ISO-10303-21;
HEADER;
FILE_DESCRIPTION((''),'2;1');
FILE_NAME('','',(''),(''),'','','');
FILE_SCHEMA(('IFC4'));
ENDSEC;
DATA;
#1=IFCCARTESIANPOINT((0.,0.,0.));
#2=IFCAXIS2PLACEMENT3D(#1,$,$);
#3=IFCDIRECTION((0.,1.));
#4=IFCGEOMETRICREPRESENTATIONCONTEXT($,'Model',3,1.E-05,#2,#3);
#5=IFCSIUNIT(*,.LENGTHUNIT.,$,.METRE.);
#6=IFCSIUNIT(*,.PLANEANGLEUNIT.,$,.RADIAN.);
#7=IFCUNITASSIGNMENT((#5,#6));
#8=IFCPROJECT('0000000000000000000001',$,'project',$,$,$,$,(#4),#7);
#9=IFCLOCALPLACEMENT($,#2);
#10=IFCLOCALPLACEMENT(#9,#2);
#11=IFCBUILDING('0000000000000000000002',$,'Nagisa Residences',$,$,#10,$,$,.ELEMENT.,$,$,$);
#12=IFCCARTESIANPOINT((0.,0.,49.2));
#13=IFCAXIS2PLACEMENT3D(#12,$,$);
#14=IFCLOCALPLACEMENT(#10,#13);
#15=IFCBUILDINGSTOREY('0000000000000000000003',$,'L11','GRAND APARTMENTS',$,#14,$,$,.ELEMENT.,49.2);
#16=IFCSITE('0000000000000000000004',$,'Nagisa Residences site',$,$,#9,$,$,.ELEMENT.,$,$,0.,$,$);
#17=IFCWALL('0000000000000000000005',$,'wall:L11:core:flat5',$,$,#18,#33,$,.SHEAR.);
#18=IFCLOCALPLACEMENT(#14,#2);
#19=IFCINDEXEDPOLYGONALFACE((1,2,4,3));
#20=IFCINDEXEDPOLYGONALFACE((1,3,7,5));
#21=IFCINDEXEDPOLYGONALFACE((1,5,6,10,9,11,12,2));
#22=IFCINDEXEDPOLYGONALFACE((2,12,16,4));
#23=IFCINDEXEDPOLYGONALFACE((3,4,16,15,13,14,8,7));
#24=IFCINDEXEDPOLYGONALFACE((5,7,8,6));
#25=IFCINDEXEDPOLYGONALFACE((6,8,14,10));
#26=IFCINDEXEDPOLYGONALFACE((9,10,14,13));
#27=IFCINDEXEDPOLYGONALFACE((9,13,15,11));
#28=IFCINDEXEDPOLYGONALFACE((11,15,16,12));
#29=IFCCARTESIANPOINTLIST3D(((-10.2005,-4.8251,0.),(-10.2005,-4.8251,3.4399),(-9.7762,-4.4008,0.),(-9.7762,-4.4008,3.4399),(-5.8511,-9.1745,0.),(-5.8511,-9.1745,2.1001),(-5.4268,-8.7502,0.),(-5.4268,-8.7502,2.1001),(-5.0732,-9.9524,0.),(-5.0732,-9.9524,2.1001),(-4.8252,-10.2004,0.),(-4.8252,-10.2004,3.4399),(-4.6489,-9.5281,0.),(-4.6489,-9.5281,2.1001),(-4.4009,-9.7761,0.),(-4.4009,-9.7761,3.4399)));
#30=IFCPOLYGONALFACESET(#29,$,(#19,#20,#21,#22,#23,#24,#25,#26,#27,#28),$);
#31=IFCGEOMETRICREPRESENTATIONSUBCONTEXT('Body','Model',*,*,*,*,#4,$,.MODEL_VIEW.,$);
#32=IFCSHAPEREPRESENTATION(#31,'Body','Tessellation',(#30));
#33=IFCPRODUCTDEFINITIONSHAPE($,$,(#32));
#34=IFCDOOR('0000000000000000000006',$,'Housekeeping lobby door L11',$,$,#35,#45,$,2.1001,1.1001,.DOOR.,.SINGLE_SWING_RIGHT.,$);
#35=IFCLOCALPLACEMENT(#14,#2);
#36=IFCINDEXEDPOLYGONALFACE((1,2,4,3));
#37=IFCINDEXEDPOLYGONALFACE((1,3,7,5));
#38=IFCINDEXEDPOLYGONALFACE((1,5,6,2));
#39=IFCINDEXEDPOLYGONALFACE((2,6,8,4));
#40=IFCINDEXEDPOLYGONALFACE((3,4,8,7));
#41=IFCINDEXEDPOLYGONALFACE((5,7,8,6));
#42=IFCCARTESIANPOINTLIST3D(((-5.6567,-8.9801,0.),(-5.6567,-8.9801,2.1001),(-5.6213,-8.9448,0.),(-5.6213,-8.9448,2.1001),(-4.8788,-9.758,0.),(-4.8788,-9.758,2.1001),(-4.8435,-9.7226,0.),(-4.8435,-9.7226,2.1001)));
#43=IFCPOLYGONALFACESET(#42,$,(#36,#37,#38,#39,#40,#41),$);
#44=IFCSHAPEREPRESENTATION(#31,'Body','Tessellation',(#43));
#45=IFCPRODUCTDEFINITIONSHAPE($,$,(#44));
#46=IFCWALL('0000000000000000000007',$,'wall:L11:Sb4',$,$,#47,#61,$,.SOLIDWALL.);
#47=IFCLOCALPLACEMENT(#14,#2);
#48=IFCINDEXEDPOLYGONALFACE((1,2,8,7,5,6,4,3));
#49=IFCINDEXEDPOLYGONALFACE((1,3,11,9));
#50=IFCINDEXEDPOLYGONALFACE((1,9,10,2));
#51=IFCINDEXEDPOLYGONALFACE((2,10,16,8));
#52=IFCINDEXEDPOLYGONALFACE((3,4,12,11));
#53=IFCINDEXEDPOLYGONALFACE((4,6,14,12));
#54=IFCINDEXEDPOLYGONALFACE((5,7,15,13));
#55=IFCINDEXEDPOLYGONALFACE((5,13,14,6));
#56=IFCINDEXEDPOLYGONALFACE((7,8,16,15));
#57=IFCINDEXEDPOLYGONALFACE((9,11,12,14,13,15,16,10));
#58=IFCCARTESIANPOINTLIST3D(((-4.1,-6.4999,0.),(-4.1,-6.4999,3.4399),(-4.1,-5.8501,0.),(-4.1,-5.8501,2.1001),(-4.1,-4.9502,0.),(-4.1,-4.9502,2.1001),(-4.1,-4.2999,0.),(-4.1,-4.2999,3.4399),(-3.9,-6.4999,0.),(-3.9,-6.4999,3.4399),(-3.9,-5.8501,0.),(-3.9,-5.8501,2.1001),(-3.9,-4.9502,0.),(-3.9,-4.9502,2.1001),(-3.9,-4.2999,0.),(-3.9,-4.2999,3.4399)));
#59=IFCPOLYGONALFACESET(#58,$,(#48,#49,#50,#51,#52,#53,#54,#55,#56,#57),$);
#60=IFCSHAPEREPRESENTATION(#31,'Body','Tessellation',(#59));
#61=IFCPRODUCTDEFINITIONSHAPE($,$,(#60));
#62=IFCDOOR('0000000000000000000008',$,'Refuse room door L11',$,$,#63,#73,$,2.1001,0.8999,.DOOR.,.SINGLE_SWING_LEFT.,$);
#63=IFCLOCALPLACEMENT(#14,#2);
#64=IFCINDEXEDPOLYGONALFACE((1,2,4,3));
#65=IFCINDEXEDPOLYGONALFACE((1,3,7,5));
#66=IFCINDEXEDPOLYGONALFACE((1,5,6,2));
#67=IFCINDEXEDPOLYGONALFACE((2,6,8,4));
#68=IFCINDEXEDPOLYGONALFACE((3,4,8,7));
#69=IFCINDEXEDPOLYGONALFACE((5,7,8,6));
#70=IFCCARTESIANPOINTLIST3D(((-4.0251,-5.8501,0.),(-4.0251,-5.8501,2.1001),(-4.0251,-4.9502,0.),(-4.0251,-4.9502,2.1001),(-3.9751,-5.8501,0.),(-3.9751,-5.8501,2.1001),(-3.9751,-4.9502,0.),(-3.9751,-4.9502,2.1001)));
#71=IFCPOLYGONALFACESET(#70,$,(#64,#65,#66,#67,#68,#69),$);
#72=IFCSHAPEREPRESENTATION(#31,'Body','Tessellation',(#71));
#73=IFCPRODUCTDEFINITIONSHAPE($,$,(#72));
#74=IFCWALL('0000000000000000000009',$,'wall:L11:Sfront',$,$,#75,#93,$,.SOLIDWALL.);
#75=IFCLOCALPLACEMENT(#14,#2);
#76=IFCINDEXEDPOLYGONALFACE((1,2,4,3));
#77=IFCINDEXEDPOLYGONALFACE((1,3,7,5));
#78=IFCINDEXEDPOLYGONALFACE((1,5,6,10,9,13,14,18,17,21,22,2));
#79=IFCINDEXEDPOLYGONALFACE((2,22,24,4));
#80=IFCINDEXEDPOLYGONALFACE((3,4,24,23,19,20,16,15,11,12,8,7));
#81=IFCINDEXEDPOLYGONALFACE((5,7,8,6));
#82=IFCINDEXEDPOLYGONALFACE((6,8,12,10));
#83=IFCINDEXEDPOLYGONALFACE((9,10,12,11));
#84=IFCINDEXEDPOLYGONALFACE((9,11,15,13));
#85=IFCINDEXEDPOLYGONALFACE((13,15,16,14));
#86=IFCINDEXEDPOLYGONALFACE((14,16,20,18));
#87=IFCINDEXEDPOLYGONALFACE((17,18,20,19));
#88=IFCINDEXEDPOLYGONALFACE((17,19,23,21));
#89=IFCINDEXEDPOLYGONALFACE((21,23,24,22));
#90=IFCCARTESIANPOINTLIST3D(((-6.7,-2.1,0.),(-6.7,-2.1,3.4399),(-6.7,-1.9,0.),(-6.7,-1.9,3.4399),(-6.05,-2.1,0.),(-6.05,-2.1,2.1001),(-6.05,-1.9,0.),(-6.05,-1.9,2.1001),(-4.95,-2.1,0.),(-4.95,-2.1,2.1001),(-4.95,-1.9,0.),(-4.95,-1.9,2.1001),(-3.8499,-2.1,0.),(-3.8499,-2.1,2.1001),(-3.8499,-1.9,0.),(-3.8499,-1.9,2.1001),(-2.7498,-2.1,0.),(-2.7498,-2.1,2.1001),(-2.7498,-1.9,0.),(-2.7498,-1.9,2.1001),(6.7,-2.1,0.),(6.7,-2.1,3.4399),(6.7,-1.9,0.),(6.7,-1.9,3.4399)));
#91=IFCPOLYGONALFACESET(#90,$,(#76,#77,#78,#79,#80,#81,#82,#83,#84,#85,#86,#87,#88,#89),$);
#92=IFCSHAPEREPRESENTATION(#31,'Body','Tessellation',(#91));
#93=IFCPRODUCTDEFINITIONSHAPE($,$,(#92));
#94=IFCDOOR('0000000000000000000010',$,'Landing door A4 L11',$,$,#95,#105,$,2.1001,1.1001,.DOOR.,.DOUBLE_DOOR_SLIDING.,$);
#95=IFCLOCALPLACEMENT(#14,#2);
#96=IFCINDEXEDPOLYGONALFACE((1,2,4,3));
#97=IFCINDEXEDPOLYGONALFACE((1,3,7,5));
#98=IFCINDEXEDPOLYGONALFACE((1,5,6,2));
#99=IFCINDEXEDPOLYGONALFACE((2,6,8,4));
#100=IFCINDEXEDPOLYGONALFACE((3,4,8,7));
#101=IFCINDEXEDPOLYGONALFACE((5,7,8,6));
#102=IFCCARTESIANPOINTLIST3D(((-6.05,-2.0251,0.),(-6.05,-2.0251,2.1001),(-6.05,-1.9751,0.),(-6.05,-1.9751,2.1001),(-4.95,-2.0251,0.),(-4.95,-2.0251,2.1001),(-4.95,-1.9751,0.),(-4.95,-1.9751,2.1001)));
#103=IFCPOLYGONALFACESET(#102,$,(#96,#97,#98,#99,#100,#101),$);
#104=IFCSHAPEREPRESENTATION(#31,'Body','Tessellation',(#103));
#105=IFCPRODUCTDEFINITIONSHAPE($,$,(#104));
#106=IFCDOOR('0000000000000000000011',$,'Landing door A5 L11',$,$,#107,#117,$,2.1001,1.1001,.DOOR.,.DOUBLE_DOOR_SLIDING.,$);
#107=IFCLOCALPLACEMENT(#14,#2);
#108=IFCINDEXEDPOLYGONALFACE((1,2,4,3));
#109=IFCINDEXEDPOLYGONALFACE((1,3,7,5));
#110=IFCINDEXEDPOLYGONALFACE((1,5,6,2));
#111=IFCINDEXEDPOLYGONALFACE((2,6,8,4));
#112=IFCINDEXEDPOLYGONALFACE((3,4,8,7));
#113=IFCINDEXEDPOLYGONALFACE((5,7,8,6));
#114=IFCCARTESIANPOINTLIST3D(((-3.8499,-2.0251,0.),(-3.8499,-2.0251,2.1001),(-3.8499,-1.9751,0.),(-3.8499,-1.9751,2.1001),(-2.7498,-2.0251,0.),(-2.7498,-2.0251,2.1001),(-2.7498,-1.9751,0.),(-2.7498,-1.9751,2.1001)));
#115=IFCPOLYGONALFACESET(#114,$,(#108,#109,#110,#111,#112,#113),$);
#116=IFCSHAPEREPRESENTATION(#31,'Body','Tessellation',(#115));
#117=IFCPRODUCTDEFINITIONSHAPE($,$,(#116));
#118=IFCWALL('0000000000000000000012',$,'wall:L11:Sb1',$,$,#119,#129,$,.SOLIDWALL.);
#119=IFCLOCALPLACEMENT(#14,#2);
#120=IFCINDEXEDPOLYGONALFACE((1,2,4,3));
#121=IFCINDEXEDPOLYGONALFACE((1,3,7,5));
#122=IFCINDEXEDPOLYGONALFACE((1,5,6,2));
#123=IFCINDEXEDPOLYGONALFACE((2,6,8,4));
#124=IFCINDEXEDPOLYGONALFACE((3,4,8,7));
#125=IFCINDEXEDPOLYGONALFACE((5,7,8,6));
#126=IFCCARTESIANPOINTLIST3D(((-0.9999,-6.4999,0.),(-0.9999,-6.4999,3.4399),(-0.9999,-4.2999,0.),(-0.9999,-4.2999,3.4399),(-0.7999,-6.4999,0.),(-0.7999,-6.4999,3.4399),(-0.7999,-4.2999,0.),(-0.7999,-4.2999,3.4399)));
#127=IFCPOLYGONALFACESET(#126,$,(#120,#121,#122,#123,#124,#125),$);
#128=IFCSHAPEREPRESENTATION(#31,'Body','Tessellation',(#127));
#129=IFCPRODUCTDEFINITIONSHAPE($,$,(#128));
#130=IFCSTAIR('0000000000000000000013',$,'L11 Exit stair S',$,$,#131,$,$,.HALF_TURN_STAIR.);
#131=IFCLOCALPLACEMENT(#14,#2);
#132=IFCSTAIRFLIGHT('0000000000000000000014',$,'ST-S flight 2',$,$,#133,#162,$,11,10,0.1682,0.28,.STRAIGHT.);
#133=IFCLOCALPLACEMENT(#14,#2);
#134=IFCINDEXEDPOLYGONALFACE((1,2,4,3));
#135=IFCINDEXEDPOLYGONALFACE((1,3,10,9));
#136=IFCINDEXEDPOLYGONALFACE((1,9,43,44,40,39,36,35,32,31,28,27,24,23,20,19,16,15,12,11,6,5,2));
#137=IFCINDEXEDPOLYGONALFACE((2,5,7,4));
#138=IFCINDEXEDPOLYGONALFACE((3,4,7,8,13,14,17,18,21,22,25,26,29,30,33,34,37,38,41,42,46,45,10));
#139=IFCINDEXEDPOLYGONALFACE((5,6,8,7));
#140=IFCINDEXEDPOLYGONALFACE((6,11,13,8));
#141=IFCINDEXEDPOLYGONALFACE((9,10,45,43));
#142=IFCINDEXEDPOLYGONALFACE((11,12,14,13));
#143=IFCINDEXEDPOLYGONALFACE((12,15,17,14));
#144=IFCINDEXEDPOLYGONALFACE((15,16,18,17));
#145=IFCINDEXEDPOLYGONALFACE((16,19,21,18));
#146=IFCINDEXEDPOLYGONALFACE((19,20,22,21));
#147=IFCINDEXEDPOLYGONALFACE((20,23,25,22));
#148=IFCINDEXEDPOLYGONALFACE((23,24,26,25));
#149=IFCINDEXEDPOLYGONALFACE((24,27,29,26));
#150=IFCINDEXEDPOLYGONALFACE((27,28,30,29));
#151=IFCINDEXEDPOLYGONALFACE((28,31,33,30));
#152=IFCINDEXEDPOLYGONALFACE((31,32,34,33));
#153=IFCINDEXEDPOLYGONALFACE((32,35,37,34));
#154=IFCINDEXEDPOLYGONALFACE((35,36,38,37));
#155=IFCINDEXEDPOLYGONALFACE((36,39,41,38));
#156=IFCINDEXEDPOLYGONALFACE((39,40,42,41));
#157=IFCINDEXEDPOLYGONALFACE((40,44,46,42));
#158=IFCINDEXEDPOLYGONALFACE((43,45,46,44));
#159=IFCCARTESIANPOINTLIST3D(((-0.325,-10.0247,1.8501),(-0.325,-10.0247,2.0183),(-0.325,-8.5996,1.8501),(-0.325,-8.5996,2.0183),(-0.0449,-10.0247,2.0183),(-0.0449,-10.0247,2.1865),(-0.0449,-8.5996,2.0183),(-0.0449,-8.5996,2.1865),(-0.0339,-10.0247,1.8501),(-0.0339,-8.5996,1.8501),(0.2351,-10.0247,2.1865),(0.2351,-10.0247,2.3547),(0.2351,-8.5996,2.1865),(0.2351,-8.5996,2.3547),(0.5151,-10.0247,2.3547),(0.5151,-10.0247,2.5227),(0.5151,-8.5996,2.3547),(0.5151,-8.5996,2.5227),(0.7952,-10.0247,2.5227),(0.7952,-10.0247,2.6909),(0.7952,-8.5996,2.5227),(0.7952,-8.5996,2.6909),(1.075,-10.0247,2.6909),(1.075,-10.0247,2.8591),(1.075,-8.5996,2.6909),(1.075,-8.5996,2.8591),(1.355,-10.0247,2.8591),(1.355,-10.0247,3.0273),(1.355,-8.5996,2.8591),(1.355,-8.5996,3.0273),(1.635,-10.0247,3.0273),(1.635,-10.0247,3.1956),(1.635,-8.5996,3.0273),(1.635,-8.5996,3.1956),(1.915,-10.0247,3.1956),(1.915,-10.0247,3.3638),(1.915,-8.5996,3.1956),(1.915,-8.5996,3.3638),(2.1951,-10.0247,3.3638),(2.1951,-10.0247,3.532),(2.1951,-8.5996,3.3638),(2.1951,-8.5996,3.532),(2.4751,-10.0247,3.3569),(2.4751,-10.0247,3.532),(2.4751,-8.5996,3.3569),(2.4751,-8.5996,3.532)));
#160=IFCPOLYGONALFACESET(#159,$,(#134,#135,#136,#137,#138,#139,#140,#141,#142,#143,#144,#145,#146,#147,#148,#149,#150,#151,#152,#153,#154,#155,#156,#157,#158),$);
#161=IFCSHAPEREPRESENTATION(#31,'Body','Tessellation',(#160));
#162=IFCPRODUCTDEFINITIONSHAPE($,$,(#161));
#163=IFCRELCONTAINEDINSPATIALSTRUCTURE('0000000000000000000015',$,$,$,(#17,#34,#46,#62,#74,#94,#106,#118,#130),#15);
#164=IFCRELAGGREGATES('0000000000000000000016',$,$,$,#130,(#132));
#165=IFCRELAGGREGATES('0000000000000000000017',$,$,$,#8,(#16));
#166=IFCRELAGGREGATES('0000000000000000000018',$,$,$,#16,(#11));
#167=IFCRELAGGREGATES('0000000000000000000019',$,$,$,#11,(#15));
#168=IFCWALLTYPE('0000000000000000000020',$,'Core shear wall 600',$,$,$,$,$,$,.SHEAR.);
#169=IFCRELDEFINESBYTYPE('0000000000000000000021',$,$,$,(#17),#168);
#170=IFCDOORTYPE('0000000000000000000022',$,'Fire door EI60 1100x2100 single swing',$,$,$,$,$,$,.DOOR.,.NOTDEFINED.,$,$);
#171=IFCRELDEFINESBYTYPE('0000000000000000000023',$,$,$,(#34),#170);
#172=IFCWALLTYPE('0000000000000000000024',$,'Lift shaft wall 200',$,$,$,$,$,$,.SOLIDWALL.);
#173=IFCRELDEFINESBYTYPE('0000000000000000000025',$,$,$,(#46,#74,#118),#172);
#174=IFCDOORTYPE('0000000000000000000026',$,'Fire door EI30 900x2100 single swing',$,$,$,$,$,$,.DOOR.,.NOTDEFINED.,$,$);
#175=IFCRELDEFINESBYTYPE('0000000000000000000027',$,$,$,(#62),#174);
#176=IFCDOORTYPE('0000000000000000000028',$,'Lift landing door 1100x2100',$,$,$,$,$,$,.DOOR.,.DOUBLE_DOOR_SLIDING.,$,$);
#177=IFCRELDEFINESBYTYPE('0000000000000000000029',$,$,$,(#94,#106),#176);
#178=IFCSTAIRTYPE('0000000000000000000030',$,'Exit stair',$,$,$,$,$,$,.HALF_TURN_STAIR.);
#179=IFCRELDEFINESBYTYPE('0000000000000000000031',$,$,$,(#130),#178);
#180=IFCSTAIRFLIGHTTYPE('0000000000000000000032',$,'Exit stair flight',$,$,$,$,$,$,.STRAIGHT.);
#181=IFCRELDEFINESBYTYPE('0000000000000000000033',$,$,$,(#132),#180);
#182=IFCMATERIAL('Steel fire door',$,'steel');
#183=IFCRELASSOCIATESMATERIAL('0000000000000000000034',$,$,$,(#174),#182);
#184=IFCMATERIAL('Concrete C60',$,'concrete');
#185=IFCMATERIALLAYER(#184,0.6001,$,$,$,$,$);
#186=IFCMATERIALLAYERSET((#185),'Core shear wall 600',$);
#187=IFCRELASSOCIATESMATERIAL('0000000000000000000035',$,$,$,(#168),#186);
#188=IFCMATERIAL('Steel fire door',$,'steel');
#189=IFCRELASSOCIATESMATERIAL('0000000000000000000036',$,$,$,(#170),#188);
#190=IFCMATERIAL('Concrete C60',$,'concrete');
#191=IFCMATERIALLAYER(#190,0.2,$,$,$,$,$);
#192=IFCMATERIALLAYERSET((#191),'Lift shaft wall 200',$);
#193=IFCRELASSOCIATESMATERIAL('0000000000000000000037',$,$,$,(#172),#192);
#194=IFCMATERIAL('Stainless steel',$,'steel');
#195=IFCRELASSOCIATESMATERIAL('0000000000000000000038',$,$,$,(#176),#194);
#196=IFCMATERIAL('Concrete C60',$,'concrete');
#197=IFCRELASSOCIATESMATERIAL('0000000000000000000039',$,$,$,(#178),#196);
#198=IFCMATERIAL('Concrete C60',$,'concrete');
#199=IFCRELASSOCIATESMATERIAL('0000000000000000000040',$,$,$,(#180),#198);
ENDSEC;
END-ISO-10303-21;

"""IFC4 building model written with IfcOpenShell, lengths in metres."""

from ifc_helpers import new_model, si_unit, direction, frame, frame_2d, origin, place, context, subcontext, project, spatial, polyline, rectangle, outline, extrude, material, layer, layer_set, type_object, element, fill, aggregate, save


model = new_model("IFC4")

# Units and contexts
model_context = context("Model", 3, precision=1e-05, world=origin(), true_north=direction((0.0, 1.0)))
body_context = subcontext(model_context, "Body", "Model", "MODEL_VIEW")
ifc_project = project(units=[si_unit("LENGTHUNIT", "METRE"), si_unit("PLANEANGLEUNIT", "RADIAN")], contexts=[model_context])

# Site, building, storey
site_placement = place(None, origin())
site = spatial("IfcSite", under=ifc_project, at=site_placement, Name="Nagisa Residences site", CompositionType="ELEMENT", RefElevation=0.0)
building_placement = place(site_placement, origin())
building = spatial("IfcBuilding", under=site, at=building_placement, Name="Nagisa Residences", CompositionType="ELEMENT")
storey_placement = place(building_placement, frame((0.0, 0.0, 49.2)))
storey = spatial("IfcBuildingStorey", under=building, at=storey_placement, Name="L11", Description="GRAND APARTMENTS", CompositionType="ELEMENT", Elevation=49.2)

# Shared definitions
ifc_material_1 = material(Name="Steel fire door", Category="steel")
door_type_1 = type_object("IfcDoorType", Name="Fire door EI30 900x2100 single swing", OperationType="NOTDEFINED", PredefinedType="DOOR", material=ifc_material_1)

# Walls, openings, doors
ifc_material_2 = material(Name="Concrete C60", Category="concrete")
ifc_layer_1 = layer(ifc_material_2, 0.6001)
ifc_layer_set_1 = layer_set([ifc_layer_1], Name="Core shear wall 600")
wall_type_1 = type_object("IfcWallType", Name="Core shear wall 600", PredefinedType="SHEAR", material=ifc_layer_set_1)
wall_1_placement = place(storey_placement, frame((-9.9883, -4.613, 0.0), z_axis=(0.0, 0.0, 1.0), x_axis=(0.707107, -0.707107, 0.0)))
wall_1 = element("IfcWall", 1, at=wall_1_placement, inside=storey, type_object=wall_type_1, Name="wall:L11:core:flat5", PredefinedType="SHEAR", context=body_context, shape_type="SweptSolid", body=[
    extrude(rectangle(XDim=7.6018, YDim=0.6001, at=frame_2d((3.8008, 0.0))), origin(), (0.0, 0.0, 1.0), 3.4399),
])
opening_1_placement = place(wall_1_placement, frame((6.1509, 0.0, 0.0)))
opening_1 = element("IfcOpeningElement", 2, at=opening_1_placement, cuts=wall_1, PredefinedType="OPENING", context=body_context, shape_type="SweptSolid", body=[
    extrude(rectangle(XDim=1.1001, YDim=2.1001, at=frame_2d((0.55, 1.05))), frame((0.0, 0.3101, 0.0), z_axis=(0.0, -1.0, 0.0), x_axis=(1.0, 0.0, 0.0)), (0.0, 0.0, 1.0), 0.6201),
])
ifc_material_3 = material(Name="Steel fire door", Category="steel")
door_type_2 = type_object("IfcDoorType", Name="Fire door EI60 1100x2100 single swing", OperationType="NOTDEFINED", PredefinedType="DOOR", material=ifc_material_3)
door_1_placement = place(opening_1_placement, origin())
door_1 = element("IfcDoor", 3, at=door_1_placement, inside=storey, type_object=door_type_2, Name="Housekeeping lobby door L11", OperationType="SINGLE_SWING_RIGHT", OverallHeight=2.1001, OverallWidth=1.1001, PredefinedType="DOOR", context=body_context, shape_type="SweptSolid", body=[
    extrude(rectangle(XDim=1.1001, YDim=2.1001, at=frame_2d((0.55, 1.05))), frame((0.0, 0.0249, 0.0), z_axis=(0.0, -1.0, 0.0), x_axis=(1.0, 0.0, 0.0)), (0.0, 0.0, 1.0), 0.05),
])
fill(opening_1, door_1)
ifc_material_4 = material(Name="Concrete C60", Category="concrete")
ifc_layer_2 = layer(ifc_material_4, 0.2)
ifc_layer_set_2 = layer_set([ifc_layer_2], Name="Lift shaft wall 200")
wall_type_2 = type_object("IfcWallType", Name="Lift shaft wall 200", PredefinedType="SOLIDWALL", material=ifc_layer_set_2)
wall_2_placement = place(storey_placement, frame((-4.0, -6.5, 0.0), z_axis=(0.0, 0.0, 1.0), x_axis=(0.0, 1.0, 0.0)))
wall_2 = element("IfcWall", 4, at=wall_2_placement, inside=storey, type_object=wall_type_2, Name="wall:L11:Sb4", PredefinedType="SOLIDWALL", context=body_context, shape_type="SweptSolid", body=[
    extrude(rectangle(XDim=2.2, YDim=0.2, at=frame_2d((1.1001, 0.0))), origin(), (0.0, 0.0, 1.0), 3.4399),
])
opening_2_placement = place(wall_2_placement, frame((0.6499, 0.0, 0.0)))
opening_2 = element("IfcOpeningElement", 5, at=opening_2_placement, cuts=wall_2, PredefinedType="OPENING", context=body_context, shape_type="SweptSolid", body=[
    extrude(rectangle(XDim=0.8999, YDim=2.1001, at=frame_2d((0.45, 1.05))), frame((0.0, 0.1099, 0.0), z_axis=(0.0, -1.0, 0.0), x_axis=(1.0, 0.0, 0.0)), (0.0, 0.0, 1.0), 0.22),
])
door_2_placement = place(opening_2_placement, frame((0.8999, 0.0, 0.0), x_axis=(-1.0, 0.0, 0.0)))
door_2 = element("IfcDoor", 6, at=door_2_placement, inside=storey, type_object=door_type_1, Name="Refuse room door L11", OperationType="SINGLE_SWING_LEFT", OverallHeight=2.1001, OverallWidth=0.8999, PredefinedType="DOOR", context=body_context, shape_type="SweptSolid", body=[
    extrude(rectangle(XDim=0.8999, YDim=2.1001, at=frame_2d((0.45, 1.05))), frame((0.0, 0.0249, 0.0), z_axis=(0.0, -1.0, 0.0), x_axis=(1.0, 0.0, 0.0)), (0.0, 0.0, 1.0), 0.05),
])
fill(opening_2, door_2)

# Wall, openings, doors
wall_3_placement = place(storey_placement, frame((-6.7, -2.0, 0.0), z_axis=(0.0, 0.0, 1.0), x_axis=(1.0, 0.0, 0.0)))
wall_3 = element("IfcWall", 7, at=wall_3_placement, inside=storey, type_object=wall_type_2, Name="wall:L11:Sfront", PredefinedType="SOLIDWALL", context=body_context, shape_type="SweptSolid", body=[
    extrude(rectangle(XDim=13.3999, YDim=0.2, at=frame_2d((6.7, 0.0))), origin(), (0.0, 0.0, 1.0), 3.4399),
])
opening_3_placement = place(wall_3_placement, frame((0.6499, 0.0, 0.0)))
opening_3 = element("IfcOpeningElement", 8, at=opening_3_placement, cuts=wall_3, PredefinedType="OPENING", context=body_context, shape_type="SweptSolid", body=[
    extrude(rectangle(XDim=1.1001, YDim=2.1001, at=frame_2d((0.55, 1.05))), frame((0.0, 0.1099, 0.0), z_axis=(0.0, -1.0, 0.0), x_axis=(1.0, 0.0, 0.0)), (0.0, 0.0, 1.0), 0.22),
])
opening_4_placement = place(wall_3_placement, frame((2.8501, 0.0, 0.0)))
opening_4 = element("IfcOpeningElement", 9, at=opening_4_placement, cuts=wall_3, PredefinedType="OPENING", context=body_context, shape_type="SweptSolid", body=[
    extrude(rectangle(XDim=1.1001, YDim=2.1001, at=frame_2d((0.55, 1.05))), frame((0.0, 0.1099, 0.0), z_axis=(0.0, -1.0, 0.0), x_axis=(1.0, 0.0, 0.0)), (0.0, 0.0, 1.0), 0.22),
])
ifc_material_5 = material(Name="Stainless steel", Category="steel")
door_type_3 = type_object("IfcDoorType", Name="Lift landing door 1100x2100", OperationType="DOUBLE_DOOR_SLIDING", PredefinedType="DOOR", material=ifc_material_5)
door_3_placement = place(opening_3_placement, origin())
door_3 = element("IfcDoor", 10, at=door_3_placement, inside=storey, type_object=door_type_3, Name="Landing door A4 L11", OperationType="DOUBLE_DOOR_SLIDING", OverallHeight=2.1001, OverallWidth=1.1001, PredefinedType="DOOR", context=body_context, shape_type="SweptSolid", body=[
    extrude(rectangle(XDim=1.1001, YDim=2.1001, at=frame_2d((0.55, 1.05))), frame((0.0, 0.0249, 0.0), z_axis=(0.0, -1.0, 0.0), x_axis=(1.0, 0.0, 0.0)), (0.0, 0.0, 1.0), 0.05),
])
fill(opening_3, door_3)
door_4_placement = place(opening_4_placement, origin())
door_4 = element("IfcDoor", 11, at=door_4_placement, inside=storey, type_object=door_type_3, Name="Landing door A5 L11", OperationType="DOUBLE_DOOR_SLIDING", OverallHeight=2.1001, OverallWidth=1.1001, PredefinedType="DOOR", context=body_context, shape_type="SweptSolid", body=[
    extrude(rectangle(XDim=1.1001, YDim=2.1001, at=frame_2d((0.55, 1.05))), frame((0.0, 0.0249, 0.0), z_axis=(0.0, -1.0, 0.0), x_axis=(1.0, 0.0, 0.0)), (0.0, 0.0, 1.0), 0.05),
])
fill(opening_4, door_4)

# Wall
wall_4_placement = place(storey_placement, frame((-0.8999, -6.5, 0.0), z_axis=(0.0, 0.0, 1.0), x_axis=(0.0, 1.0, 0.0)))
element("IfcWall", 12, at=wall_4_placement, inside=storey, type_object=wall_type_2, Name="wall:L11:Sb1", PredefinedType="SOLIDWALL", context=body_context, shape_type="SweptSolid", body=[
    extrude(rectangle(XDim=2.2, YDim=0.2, at=frame_2d((1.1001, 0.0))), origin(), (0.0, 0.0, 1.0), 3.4399),
])

# Stair, stair flight
ifc_material_6 = material(Name="Concrete C60", Category="concrete")
stair_type = type_object("IfcStairType", Name="Exit stair", PredefinedType="HALF_TURN_STAIR", material=ifc_material_6)
stair_placement = place(storey_placement, origin())
stair = element("IfcStair", 13, at=stair_placement, inside=storey, type_object=stair_type, Name="L11 Exit stair S", PredefinedType="HALF_TURN_STAIR")
ifc_material_7 = material(Name="Concrete C60", Category="concrete")
stair_flight_type = type_object("IfcStairFlightType", Name="Exit stair flight", PredefinedType="STRAIGHT", material=ifc_material_7)
stair_flight_placement = place(storey_placement, frame((-0.325, -9.312, 1.8501), z_axis=(0.0, 0.0, 1.0), x_axis=(1.0, 0.0, 0.0)))
stair_flight = element("IfcStairFlight", 14, at=stair_flight_placement, type_object=stair_flight_type, Name="ST-S flight 2", NumberOfRisers=11, NumberOfTreads=10, PredefinedType="STRAIGHT", RiserHeight=0.1682, TreadLength=0.28, context=body_context, shape_type="SweptSolid", body=[
    extrude(outline(polyline([(0.0, 0.0), (0.0, 0.1682), (0.28, 0.1682), (0.28, 0.3364), (0.5601, 0.3364), (0.5601, 0.5046), (0.8401, 0.5046), (0.8401, 0.6726), (1.1201, 0.6726), (1.1201, 0.8408), (1.3999, 0.8408), (1.3999, 1.009), (1.6799, 1.009), (1.6799, 1.1772), (1.96, 1.1772), (1.96, 1.3455), (2.24, 1.3455), (2.24, 1.5137), (2.52, 1.5137), (2.52, 1.6819), (2.8, 1.6819), (2.8, 1.8501), (2.8, 1.5068), (0.291, 0.0), (0.0, 0.0)])), frame((0.0, 0.7124, 0.0), z_axis=(0.0, -1.0, 0.0), x_axis=(1.0, 0.0, 0.0)), (0.0, 0.0, 1.0), 1.425),
])
aggregate(stair, [stair_flight])

save(model, "model.ifc")
